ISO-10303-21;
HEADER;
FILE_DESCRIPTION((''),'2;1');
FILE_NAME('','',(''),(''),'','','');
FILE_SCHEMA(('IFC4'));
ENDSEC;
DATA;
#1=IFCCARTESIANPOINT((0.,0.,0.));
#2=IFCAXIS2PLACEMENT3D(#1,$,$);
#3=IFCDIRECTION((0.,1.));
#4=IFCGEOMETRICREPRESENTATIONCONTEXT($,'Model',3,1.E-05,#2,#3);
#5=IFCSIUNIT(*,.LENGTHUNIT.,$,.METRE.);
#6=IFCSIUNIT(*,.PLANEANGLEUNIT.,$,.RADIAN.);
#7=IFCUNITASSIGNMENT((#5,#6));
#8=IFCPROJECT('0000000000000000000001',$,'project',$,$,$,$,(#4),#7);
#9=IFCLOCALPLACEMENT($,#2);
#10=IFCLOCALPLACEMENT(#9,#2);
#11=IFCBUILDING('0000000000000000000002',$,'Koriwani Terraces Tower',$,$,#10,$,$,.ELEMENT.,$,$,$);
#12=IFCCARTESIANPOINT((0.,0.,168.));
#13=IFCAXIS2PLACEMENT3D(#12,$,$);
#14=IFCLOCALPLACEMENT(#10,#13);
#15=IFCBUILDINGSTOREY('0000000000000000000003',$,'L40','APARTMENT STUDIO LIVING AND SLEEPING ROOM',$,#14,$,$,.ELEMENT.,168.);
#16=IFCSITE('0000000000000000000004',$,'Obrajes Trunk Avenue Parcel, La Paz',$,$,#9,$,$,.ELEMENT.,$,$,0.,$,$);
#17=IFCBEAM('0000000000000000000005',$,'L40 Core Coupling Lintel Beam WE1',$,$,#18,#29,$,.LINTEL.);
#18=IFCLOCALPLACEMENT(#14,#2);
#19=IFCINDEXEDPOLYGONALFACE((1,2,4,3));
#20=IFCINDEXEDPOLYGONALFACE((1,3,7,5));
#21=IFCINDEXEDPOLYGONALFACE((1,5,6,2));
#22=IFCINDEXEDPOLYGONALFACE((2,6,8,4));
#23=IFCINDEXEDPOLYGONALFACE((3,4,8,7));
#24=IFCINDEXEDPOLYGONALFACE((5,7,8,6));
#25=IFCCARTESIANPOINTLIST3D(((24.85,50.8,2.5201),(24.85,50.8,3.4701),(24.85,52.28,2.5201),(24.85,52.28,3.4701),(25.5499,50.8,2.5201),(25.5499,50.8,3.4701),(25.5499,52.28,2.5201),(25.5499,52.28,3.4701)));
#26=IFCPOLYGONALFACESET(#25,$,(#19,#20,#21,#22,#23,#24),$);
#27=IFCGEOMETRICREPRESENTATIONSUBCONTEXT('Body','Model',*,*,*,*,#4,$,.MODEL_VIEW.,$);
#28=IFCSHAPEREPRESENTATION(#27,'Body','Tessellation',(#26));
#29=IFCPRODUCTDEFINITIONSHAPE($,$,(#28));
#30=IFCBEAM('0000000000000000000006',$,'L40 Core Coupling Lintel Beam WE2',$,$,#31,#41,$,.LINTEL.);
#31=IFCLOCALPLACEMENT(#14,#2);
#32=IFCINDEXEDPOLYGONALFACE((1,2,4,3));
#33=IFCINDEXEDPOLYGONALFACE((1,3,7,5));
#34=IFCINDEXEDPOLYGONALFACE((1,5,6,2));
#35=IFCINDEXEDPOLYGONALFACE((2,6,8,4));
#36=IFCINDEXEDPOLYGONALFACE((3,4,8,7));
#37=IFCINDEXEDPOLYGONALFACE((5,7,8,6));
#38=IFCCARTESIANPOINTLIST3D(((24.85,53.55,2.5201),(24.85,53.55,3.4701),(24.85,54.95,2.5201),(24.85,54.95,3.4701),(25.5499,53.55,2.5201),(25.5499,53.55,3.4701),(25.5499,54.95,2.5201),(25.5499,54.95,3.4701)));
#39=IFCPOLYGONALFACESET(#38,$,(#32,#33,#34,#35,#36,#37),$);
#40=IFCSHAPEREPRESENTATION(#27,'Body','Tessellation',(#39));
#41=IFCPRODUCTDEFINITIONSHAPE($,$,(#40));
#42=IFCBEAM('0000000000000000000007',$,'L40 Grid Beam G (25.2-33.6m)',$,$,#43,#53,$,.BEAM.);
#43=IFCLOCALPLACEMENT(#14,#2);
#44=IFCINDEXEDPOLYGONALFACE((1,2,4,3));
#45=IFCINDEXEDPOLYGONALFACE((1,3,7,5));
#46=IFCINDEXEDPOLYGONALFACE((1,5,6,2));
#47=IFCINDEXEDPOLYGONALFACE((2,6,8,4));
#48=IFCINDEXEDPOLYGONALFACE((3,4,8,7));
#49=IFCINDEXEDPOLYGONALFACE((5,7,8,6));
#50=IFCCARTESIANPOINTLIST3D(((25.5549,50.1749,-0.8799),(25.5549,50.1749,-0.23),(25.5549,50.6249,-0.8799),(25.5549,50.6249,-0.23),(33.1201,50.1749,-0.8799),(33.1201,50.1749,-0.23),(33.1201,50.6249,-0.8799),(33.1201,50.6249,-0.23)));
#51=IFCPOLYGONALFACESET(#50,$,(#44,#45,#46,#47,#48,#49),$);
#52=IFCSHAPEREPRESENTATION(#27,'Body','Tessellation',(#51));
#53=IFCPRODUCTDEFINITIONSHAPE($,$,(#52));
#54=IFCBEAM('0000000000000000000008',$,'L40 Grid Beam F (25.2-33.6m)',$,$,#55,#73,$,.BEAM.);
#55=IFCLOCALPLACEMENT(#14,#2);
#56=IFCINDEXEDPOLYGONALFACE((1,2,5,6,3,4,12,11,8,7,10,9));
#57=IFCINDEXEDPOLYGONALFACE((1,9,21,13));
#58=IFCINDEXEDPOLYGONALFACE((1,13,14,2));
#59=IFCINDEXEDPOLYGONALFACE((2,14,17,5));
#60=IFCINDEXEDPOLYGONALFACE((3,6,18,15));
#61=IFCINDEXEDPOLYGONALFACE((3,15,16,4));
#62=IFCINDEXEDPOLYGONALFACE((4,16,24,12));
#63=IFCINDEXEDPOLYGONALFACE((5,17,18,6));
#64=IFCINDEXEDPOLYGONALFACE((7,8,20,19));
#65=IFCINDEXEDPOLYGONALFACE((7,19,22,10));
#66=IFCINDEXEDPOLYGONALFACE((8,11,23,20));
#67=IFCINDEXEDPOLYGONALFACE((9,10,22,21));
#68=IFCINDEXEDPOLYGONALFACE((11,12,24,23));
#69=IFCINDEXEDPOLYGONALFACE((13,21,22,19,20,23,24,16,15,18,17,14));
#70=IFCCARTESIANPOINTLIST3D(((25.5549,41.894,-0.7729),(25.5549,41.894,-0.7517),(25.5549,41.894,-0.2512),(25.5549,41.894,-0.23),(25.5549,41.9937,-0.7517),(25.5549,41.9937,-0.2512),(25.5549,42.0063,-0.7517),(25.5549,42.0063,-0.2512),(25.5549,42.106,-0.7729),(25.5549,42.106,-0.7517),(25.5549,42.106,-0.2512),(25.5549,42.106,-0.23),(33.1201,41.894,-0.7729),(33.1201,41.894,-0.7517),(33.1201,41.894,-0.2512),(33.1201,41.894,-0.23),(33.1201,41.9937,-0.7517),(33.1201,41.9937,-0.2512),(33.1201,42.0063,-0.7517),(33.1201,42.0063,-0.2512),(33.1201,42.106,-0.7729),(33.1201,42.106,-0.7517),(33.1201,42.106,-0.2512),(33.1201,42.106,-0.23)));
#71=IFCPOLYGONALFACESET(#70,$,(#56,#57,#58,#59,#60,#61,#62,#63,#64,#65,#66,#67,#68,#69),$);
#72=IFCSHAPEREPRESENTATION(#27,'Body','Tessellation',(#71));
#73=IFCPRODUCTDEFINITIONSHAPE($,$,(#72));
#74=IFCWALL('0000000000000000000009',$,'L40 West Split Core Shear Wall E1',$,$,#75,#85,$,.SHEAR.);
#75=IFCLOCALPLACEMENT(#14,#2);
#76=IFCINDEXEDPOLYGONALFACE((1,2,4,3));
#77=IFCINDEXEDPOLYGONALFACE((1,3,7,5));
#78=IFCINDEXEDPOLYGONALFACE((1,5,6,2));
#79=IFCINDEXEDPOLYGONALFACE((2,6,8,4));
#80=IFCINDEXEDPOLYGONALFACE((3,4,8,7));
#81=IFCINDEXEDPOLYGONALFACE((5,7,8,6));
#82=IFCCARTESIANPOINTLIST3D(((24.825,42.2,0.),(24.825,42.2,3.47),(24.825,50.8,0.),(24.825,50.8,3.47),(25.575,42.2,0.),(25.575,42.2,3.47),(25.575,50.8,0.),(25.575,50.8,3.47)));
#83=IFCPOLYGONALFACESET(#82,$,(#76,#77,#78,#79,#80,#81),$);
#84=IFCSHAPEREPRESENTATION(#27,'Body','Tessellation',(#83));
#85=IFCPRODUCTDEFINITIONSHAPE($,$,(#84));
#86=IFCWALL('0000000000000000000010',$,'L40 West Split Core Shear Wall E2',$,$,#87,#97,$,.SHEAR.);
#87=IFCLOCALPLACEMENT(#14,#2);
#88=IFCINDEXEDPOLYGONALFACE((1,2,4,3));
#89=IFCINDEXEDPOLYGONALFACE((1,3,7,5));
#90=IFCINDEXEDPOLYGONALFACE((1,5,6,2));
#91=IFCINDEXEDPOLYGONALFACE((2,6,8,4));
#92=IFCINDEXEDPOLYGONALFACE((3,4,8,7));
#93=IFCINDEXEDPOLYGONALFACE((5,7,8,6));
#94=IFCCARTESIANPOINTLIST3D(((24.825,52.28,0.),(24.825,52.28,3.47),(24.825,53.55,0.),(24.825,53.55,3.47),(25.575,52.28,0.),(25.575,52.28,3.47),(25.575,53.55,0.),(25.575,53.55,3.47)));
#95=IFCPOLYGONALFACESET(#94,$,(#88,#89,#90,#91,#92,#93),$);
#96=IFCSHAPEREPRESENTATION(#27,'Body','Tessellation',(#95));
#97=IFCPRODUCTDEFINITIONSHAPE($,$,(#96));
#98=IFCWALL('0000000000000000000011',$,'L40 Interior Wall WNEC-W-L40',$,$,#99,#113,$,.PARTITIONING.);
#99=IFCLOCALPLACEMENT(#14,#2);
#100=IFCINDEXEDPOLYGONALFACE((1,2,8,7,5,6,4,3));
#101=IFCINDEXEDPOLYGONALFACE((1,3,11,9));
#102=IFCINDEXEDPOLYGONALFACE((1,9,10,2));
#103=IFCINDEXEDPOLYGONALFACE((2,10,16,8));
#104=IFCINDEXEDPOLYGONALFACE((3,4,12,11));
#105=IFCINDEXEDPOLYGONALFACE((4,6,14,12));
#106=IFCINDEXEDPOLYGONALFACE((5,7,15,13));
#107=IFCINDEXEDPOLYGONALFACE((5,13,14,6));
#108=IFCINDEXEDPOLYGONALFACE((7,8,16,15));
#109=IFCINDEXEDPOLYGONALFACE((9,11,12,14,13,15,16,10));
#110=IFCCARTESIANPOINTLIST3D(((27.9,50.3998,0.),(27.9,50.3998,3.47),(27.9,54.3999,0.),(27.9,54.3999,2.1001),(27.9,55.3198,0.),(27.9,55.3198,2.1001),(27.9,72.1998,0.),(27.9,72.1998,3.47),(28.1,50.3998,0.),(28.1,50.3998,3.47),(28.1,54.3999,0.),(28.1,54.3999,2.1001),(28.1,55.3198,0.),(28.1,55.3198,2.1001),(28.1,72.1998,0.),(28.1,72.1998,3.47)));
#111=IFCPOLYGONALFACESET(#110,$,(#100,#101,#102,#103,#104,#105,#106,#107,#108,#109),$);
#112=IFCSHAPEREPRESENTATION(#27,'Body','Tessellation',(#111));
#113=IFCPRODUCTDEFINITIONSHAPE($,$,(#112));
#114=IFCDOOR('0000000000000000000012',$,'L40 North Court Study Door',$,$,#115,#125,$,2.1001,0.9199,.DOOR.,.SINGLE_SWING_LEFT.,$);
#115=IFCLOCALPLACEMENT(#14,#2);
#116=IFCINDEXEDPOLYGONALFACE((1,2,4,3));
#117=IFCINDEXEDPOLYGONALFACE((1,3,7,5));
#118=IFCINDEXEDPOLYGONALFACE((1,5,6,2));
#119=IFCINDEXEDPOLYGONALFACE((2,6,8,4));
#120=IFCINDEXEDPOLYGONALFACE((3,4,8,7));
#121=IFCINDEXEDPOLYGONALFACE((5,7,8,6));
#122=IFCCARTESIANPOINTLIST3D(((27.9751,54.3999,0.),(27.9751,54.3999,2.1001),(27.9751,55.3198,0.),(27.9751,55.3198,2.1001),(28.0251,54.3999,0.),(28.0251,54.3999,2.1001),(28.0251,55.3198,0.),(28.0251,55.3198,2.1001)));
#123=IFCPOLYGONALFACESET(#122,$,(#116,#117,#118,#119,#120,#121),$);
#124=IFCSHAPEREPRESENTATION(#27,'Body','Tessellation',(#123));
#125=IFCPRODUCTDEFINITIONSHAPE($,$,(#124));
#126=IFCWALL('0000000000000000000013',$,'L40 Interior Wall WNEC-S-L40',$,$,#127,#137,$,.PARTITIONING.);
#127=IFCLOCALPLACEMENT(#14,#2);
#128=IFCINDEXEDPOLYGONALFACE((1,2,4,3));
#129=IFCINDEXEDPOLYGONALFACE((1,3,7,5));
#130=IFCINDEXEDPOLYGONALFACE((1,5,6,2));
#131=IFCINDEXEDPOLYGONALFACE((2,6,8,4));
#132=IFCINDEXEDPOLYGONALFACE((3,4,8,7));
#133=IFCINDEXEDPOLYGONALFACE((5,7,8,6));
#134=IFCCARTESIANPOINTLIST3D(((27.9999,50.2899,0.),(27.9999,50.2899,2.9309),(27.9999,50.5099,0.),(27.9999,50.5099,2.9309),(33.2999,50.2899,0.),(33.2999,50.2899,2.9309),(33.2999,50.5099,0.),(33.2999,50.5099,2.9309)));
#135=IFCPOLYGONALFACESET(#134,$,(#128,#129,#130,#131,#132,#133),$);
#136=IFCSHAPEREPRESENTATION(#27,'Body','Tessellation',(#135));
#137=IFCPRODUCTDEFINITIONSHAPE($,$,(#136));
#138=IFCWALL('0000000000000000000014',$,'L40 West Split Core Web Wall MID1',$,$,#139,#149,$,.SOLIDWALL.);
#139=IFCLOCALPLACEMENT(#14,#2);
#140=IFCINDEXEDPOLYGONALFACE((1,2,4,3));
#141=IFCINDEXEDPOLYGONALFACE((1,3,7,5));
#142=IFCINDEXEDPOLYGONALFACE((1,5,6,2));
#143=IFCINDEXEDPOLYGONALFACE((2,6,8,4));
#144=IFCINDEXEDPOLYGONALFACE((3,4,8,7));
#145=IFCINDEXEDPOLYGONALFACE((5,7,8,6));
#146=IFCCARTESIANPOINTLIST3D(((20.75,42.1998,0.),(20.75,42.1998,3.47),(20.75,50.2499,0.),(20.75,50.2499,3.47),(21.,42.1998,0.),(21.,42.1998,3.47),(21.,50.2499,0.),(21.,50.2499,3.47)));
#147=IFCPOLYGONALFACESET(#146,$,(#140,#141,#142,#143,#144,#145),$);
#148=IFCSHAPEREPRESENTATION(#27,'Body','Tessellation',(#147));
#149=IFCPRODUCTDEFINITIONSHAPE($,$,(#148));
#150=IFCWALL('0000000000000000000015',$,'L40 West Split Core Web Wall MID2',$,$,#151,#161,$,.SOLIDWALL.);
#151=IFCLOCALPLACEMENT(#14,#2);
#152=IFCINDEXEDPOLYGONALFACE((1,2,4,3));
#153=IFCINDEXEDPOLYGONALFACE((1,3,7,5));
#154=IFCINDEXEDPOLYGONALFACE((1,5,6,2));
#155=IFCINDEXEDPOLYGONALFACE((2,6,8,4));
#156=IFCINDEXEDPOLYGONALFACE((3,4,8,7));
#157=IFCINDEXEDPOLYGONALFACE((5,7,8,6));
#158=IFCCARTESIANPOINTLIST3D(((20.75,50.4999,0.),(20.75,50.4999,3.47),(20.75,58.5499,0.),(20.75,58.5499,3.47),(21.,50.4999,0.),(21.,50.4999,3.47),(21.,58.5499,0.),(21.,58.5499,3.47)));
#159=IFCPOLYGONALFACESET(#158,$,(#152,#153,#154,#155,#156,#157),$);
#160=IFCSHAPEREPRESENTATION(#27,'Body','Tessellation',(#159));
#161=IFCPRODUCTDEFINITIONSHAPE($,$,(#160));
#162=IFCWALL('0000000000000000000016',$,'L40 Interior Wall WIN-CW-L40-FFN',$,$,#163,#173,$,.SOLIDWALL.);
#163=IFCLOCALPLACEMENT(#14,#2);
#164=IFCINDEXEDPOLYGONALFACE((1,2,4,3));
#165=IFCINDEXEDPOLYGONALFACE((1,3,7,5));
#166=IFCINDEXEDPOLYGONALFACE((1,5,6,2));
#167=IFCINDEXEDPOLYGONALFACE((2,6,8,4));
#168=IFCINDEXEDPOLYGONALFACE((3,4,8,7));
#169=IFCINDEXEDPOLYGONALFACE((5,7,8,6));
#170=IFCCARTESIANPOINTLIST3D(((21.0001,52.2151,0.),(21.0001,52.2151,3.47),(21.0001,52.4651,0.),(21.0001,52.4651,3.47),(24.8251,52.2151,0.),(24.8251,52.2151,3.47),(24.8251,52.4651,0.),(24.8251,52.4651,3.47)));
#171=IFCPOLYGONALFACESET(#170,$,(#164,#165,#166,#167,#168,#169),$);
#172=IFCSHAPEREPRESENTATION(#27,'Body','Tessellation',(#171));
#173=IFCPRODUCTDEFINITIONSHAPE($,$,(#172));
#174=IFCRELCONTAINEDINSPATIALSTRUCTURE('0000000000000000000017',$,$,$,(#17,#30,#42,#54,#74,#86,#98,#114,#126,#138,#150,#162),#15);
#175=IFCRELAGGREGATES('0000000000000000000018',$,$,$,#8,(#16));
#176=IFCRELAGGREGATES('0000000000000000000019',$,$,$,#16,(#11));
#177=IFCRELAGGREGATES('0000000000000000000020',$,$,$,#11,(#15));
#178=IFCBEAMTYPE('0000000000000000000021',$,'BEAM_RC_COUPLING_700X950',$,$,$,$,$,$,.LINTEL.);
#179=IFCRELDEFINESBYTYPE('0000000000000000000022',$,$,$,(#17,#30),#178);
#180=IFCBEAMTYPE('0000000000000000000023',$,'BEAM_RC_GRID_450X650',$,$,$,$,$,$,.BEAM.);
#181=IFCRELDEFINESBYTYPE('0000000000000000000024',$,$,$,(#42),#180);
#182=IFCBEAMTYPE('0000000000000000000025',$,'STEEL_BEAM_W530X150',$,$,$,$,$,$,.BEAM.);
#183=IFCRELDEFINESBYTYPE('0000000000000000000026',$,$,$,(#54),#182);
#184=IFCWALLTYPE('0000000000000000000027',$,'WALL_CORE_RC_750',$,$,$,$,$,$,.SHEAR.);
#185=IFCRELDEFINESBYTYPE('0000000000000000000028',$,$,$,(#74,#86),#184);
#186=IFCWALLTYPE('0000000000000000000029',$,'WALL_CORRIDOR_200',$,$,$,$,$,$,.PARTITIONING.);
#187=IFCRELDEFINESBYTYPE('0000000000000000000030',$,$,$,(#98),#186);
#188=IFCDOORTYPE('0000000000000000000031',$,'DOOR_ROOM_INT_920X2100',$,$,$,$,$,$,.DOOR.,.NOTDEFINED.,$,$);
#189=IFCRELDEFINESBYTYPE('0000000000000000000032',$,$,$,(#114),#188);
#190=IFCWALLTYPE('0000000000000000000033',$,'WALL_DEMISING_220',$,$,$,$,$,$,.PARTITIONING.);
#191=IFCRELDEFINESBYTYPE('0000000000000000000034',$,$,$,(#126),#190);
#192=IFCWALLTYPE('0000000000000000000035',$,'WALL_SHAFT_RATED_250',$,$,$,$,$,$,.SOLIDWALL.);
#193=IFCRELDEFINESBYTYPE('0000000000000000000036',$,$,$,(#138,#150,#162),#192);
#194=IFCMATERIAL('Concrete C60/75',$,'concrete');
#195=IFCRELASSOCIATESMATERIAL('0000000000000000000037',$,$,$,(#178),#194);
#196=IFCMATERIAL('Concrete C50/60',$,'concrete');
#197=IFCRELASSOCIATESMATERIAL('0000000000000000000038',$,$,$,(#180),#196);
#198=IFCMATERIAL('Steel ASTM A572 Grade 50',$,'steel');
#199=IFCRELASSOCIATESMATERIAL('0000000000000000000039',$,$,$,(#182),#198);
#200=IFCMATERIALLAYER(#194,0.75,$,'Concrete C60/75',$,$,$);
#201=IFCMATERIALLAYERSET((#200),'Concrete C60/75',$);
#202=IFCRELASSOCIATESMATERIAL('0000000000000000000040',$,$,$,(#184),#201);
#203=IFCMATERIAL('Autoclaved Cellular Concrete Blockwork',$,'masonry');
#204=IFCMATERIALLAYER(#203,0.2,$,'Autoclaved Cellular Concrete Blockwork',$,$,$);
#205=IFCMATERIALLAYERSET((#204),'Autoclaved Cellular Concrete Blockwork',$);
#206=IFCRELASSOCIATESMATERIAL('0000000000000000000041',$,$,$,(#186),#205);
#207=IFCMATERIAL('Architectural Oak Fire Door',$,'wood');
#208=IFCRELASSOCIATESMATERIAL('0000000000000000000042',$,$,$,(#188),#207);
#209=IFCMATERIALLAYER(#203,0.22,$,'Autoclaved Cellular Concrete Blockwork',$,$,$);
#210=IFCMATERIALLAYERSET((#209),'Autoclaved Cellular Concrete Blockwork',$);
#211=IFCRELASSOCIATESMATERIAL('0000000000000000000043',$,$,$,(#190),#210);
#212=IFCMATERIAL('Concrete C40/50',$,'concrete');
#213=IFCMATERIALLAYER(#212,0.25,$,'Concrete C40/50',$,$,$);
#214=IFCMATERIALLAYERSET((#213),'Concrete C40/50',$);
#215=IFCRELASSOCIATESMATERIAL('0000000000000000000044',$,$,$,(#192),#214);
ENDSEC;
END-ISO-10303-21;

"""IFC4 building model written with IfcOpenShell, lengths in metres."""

from ifc_helpers import new_model, si_unit, direction, frame, frame_2d, origin, origin_2d, place, context, subcontext, project, spatial, rectangle, i_section, extrude, material, layer, layer_set, material_profile, profile_set, type_object, element, fill, save


model = new_model("IFC4")

# Units and contexts
model_context = context("Model", 3, precision=1e-05, world=origin(), true_north=direction((0.0, 1.0)))
body_context = subcontext(model_context, "Body", "Model", "MODEL_VIEW")
ifc_project = project(units=[si_unit("LENGTHUNIT", "METRE"), si_unit("PLANEANGLEUNIT", "RADIAN")], contexts=[model_context])

# Site, building, storey
site_placement = place(None, origin())
site = spatial("IfcSite", under=ifc_project, at=site_placement, Name="Obrajes Trunk Avenue Parcel, La Paz", CompositionType="ELEMENT", RefElevation=0.0)
building_placement = place(site_placement, origin())
building = spatial("IfcBuilding", under=site, at=building_placement, Name="Koriwani Terraces Tower", CompositionType="ELEMENT")
storey_placement = place(building_placement, frame((0.0, 0.0, 168.0)))
storey = spatial("IfcBuildingStorey", under=building, at=storey_placement, Name="L40", Description="APARTMENT STUDIO LIVING AND SLEEPING ROOM", CompositionType="ELEMENT", Elevation=168.0)

# Beams
ifc_material_1 = material(Name="Concrete C60/75", Category="concrete")
ifc_material_profile_1 = material_profile(ifc_material_1, rectangle(XDim=0.7, YDim=0.95, at=origin_2d()), Name="Concrete C60/75", Category="LoadBearing")
ifc_profile_set_1 = profile_set([ifc_material_profile_1], Name="Concrete C60/75")
beam_type_1 = type_object("IfcBeamType", Name="BEAM_RC_COUPLING_700X950", PredefinedType="LINTEL", material=ifc_profile_set_1)
beam_1_placement = place(storey_placement, frame((25.2, 50.8, 2.9951), z_axis=(0.0, 1.0, 0.0), x_axis=(-1.0, 0.0, 0.0)))
element("IfcBeam", 1, at=beam_1_placement, inside=storey, type_object=beam_type_1, Name="L40 Core Coupling Lintel Beam WE1", PredefinedType="LINTEL", context=body_context, shape_type="SweptSolid", body=[
    extrude(rectangle(XDim=0.7, YDim=0.95, at=origin_2d()), origin(), (0.0, 0.0, 1.0), 1.48),
])
beam_2_placement = place(storey_placement, frame((25.2, 53.55, 2.9951), z_axis=(0.0, 1.0, 0.0), x_axis=(-1.0, 0.0, 0.0)))
element("IfcBeam", 2, at=beam_2_placement, inside=storey, type_object=beam_type_1, Name="L40 Core Coupling Lintel Beam WE2", PredefinedType="LINTEL", context=body_context, shape_type="SweptSolid", body=[
    extrude(rectangle(XDim=0.7, YDim=0.95, at=origin_2d()), origin(), (0.0, 0.0, 1.0), 1.3999),
])
ifc_material_2 = material(Name="Concrete C50/60", Category="concrete")
ifc_material_profile_2 = material_profile(ifc_material_2, rectangle(XDim=0.45, YDim=0.6499, at=origin_2d()), Name="Concrete C50/60", Category="LoadBearing")
ifc_profile_set_2 = profile_set([ifc_material_profile_2], Name="Concrete C50/60")
beam_type_2 = type_object("IfcBeamType", Name="BEAM_RC_GRID_450X650", PredefinedType="BEAM", material=ifc_profile_set_2)
beam_3_placement = place(storey_placement, frame((25.5549, 50.3999, -0.5549), z_axis=(1.0, 0.0, 0.0), x_axis=(0.0, 1.0, 0.0)))
element("IfcBeam", 3, at=beam_3_placement, inside=storey, type_object=beam_type_2, Name="L40 Grid Beam G (25.2-33.6m)", PredefinedType="BEAM", context=body_context, shape_type="SweptSolid", body=[
    extrude(rectangle(XDim=0.45, YDim=0.6499, at=origin_2d()), origin(), (0.0, 0.0, 1.0), 7.5652),
])
ifc_material_3 = material(Name="Steel ASTM A572 Grade 50", Category="steel")
ifc_material_profile_3 = material_profile(ifc_material_3, i_section(OverallWidth=0.2119, OverallDepth=0.543, WebThickness=0.0127, FlangeThickness=0.0212, at=origin_2d()), Name="Steel ASTM A572 Grade 50", Category="LoadBearing")
ifc_profile_set_3 = profile_set([ifc_material_profile_3], Name="Steel ASTM A572 Grade 50")
beam_type_3 = type_object("IfcBeamType", Name="STEEL_BEAM_W530X150", PredefinedType="BEAM", material=ifc_profile_set_3)
beam_4_placement = place(storey_placement, frame((25.5549, 42.0, -0.5015), z_axis=(1.0, 0.0, 0.0), x_axis=(0.0, 1.0, 0.0)))
element("IfcBeam", 4, at=beam_4_placement, inside=storey, type_object=beam_type_3, Name="L40 Grid Beam F (25.2-33.6m)", PredefinedType="BEAM", context=body_context, shape_type="SweptSolid", body=[
    extrude(i_section(OverallWidth=0.2119, OverallDepth=0.543, WebThickness=0.0127, FlangeThickness=0.0212, at=origin_2d()), origin(), (0.0, 0.0, 1.0), 7.5652),
])

# Walls
ifc_layer_1 = layer(ifc_material_1, 0.75, Name="Concrete C60/75")
ifc_layer_set_1 = layer_set([ifc_layer_1], Name="Concrete C60/75")
wall_type_1 = type_object("IfcWallType", Name="WALL_CORE_RC_750", PredefinedType="SHEAR", material=ifc_layer_set_1)
wall_1_placement = place(storey_placement, frame((25.2, 42.2, 0.0), z_axis=(0.0, 0.0, 1.0), x_axis=(0.0, 1.0, 0.0)))
element("IfcWall", 5, at=wall_1_placement, inside=storey, type_object=wall_type_1, Name="L40 West Split Core Shear Wall E1", PredefinedType="SHEAR", context=body_context, shape_type="SweptSolid", body=[
    extrude(rectangle(XDim=8.6001, YDim=0.75, at=frame_2d((4.3, 0.0))), origin(), (0.0, 0.0, 1.0), 3.47),
])
wall_2_placement = place(storey_placement, frame((25.2, 52.28, 0.0), z_axis=(0.0, 0.0, 1.0), x_axis=(0.0, 1.0, 0.0)))
element("IfcWall", 6, at=wall_2_placement, inside=storey, type_object=wall_type_1, Name="L40 West Split Core Shear Wall E2", PredefinedType="SHEAR", context=body_context, shape_type="SweptSolid", body=[
    extrude(rectangle(XDim=1.27, YDim=0.75, at=frame_2d((0.635, 0.0))), origin(), (0.0, 0.0, 1.0), 3.47),
])

# Wall, opening, door
ifc_material_4 = material(Name="Autoclaved Cellular Concrete Blockwork", Category="masonry")
ifc_layer_2 = layer(ifc_material_4, 0.2, Name="Autoclaved Cellular Concrete Blockwork")
ifc_layer_set_2 = layer_set([ifc_layer_2], Name="Autoclaved Cellular Concrete Blockwork")
wall_type_2 = type_object("IfcWallType", Name="WALL_CORRIDOR_200", PredefinedType="PARTITIONING", material=ifc_layer_set_2)
wall_3_placement = place(storey_placement, frame((28.0, 50.3999, 0.0), z_axis=(0.0, 0.0, 1.0), x_axis=(0.0, 1.0, 0.0)))
wall_3 = element("IfcWall", 7, at=wall_3_placement, inside=storey, type_object=wall_type_2, Name="L40 Interior Wall WNEC-W-L40", PredefinedType="PARTITIONING", context=body_context, shape_type="SweptSolid", body=[
    extrude(rectangle(XDim=21.8, YDim=0.2, at=frame_2d((10.8999, 0.0))), origin(), (0.0, 0.0, 1.0), 3.47),
])
opening_1_placement = place(wall_3_placement, frame((4.0, 0.0, 0.0)))
opening_1 = element("IfcOpeningElement", 8, at=opening_1_placement, cuts=wall_3, PredefinedType="OPENING", context=body_context, shape_type="SweptSolid", body=[
    extrude(rectangle(XDim=0.9199, YDim=2.1001, at=frame_2d((0.46, 1.05))), frame((0.0, 0.1099, 0.0), z_axis=(0.0, -1.0, 0.0), x_axis=(1.0, 0.0, 0.0)), (0.0, 0.0, 1.0), 0.22),
])
ifc_material_5 = material(Name="Architectural Oak Fire Door", Category="wood")
door_type_1 = type_object("IfcDoorType", Name="DOOR_ROOM_INT_920X2100", OperationType="NOTDEFINED", PredefinedType="DOOR", material=ifc_material_5)
door_1_placement = place(opening_1_placement, origin())
door_1 = element("IfcDoor", 9, at=door_1_placement, inside=storey, type_object=door_type_1, Name="L40 North Court Study Door", OperationType="SINGLE_SWING_LEFT", OverallHeight=2.1001, OverallWidth=0.9199, PredefinedType="DOOR", context=body_context, shape_type="SweptSolid", body=[
    extrude(rectangle(XDim=0.9199, YDim=2.1001, at=frame_2d((0.46, 1.05))), frame((0.0, 0.0249, 0.0), z_axis=(0.0, -1.0, 0.0), x_axis=(1.0, 0.0, 0.0)), (0.0, 0.0, 1.0), 0.05),
])
fill(opening_1, door_1)

# Walls
ifc_layer_3 = layer(ifc_material_4, 0.22, Name="Autoclaved Cellular Concrete Blockwork")
ifc_layer_set_3 = layer_set([ifc_layer_3], Name="Autoclaved Cellular Concrete Blockwork")
wall_type_3 = type_object("IfcWallType", Name="WALL_DEMISING_220", PredefinedType="PARTITIONING", material=ifc_layer_set_3)
wall_4_placement = place(storey_placement, frame((28.0, 50.3999, 0.0), z_axis=(0.0, 0.0, 1.0), x_axis=(1.0, 0.0, 0.0)))
element("IfcWall", 10, at=wall_4_placement, inside=storey, type_object=wall_type_3, Name="L40 Interior Wall WNEC-S-L40", PredefinedType="PARTITIONING", context=body_context, shape_type="SweptSolid", body=[
    extrude(rectangle(XDim=5.3, YDim=0.22, at=frame_2d((2.6499, 0.0))), origin(), (0.0, 0.0, 1.0), 2.9309),
])
ifc_material_6 = material(Name="Concrete C40/50", Category="concrete")
ifc_layer_4 = layer(ifc_material_6, 0.25, Name="Concrete C40/50")
ifc_layer_set_4 = layer_set([ifc_layer_4], Name="Concrete C40/50")
wall_type_4 = type_object("IfcWallType", Name="WALL_SHAFT_RATED_250", PredefinedType="SOLIDWALL", material=ifc_layer_set_4)
for number, where, z_axis, x_axis, name in (
    (11, (20.875, 42.2, 0.0), (0.0, 0.0, 1.0), (0.0, 1.0, 0.0), "L40 West Split Core Web Wall MID1"),
    (12, (20.875, 50.5, 0.0), (0.0, 0.0, 1.0), (0.0, 1.0, 0.0), "L40 West Split Core Web Wall MID2"),
):
    element("IfcWall", number, at=place(storey_placement, frame(where, z_axis=z_axis, x_axis=x_axis)), inside=storey, type_object=wall_type_4, Name=name, PredefinedType="SOLIDWALL", context=body_context, shape_type="SweptSolid", body=[
        extrude(rectangle(XDim=8.05, YDim=0.25, at=frame_2d((4.0249, 0.0))), origin(), (0.0, 0.0, 1.0), 3.47),
    ])

# Wall
wall_5_placement = place(storey_placement, frame((21.0, 52.3401, 0.0), z_axis=(0.0, 0.0, 1.0), x_axis=(1.0, 0.0, 0.0)))
element("IfcWall", 13, at=wall_5_placement, inside=storey, type_object=wall_type_4, Name="L40 Interior Wall WIN-CW-L40-FFN", PredefinedType="SOLIDWALL", context=body_context, shape_type="SweptSolid", body=[
    extrude(rectangle(XDim=3.825, YDim=0.25, at=frame_2d((1.9126, 0.0))), origin(), (0.0, 0.0, 1.0), 3.47),
])

save(model, "model.ifc")
